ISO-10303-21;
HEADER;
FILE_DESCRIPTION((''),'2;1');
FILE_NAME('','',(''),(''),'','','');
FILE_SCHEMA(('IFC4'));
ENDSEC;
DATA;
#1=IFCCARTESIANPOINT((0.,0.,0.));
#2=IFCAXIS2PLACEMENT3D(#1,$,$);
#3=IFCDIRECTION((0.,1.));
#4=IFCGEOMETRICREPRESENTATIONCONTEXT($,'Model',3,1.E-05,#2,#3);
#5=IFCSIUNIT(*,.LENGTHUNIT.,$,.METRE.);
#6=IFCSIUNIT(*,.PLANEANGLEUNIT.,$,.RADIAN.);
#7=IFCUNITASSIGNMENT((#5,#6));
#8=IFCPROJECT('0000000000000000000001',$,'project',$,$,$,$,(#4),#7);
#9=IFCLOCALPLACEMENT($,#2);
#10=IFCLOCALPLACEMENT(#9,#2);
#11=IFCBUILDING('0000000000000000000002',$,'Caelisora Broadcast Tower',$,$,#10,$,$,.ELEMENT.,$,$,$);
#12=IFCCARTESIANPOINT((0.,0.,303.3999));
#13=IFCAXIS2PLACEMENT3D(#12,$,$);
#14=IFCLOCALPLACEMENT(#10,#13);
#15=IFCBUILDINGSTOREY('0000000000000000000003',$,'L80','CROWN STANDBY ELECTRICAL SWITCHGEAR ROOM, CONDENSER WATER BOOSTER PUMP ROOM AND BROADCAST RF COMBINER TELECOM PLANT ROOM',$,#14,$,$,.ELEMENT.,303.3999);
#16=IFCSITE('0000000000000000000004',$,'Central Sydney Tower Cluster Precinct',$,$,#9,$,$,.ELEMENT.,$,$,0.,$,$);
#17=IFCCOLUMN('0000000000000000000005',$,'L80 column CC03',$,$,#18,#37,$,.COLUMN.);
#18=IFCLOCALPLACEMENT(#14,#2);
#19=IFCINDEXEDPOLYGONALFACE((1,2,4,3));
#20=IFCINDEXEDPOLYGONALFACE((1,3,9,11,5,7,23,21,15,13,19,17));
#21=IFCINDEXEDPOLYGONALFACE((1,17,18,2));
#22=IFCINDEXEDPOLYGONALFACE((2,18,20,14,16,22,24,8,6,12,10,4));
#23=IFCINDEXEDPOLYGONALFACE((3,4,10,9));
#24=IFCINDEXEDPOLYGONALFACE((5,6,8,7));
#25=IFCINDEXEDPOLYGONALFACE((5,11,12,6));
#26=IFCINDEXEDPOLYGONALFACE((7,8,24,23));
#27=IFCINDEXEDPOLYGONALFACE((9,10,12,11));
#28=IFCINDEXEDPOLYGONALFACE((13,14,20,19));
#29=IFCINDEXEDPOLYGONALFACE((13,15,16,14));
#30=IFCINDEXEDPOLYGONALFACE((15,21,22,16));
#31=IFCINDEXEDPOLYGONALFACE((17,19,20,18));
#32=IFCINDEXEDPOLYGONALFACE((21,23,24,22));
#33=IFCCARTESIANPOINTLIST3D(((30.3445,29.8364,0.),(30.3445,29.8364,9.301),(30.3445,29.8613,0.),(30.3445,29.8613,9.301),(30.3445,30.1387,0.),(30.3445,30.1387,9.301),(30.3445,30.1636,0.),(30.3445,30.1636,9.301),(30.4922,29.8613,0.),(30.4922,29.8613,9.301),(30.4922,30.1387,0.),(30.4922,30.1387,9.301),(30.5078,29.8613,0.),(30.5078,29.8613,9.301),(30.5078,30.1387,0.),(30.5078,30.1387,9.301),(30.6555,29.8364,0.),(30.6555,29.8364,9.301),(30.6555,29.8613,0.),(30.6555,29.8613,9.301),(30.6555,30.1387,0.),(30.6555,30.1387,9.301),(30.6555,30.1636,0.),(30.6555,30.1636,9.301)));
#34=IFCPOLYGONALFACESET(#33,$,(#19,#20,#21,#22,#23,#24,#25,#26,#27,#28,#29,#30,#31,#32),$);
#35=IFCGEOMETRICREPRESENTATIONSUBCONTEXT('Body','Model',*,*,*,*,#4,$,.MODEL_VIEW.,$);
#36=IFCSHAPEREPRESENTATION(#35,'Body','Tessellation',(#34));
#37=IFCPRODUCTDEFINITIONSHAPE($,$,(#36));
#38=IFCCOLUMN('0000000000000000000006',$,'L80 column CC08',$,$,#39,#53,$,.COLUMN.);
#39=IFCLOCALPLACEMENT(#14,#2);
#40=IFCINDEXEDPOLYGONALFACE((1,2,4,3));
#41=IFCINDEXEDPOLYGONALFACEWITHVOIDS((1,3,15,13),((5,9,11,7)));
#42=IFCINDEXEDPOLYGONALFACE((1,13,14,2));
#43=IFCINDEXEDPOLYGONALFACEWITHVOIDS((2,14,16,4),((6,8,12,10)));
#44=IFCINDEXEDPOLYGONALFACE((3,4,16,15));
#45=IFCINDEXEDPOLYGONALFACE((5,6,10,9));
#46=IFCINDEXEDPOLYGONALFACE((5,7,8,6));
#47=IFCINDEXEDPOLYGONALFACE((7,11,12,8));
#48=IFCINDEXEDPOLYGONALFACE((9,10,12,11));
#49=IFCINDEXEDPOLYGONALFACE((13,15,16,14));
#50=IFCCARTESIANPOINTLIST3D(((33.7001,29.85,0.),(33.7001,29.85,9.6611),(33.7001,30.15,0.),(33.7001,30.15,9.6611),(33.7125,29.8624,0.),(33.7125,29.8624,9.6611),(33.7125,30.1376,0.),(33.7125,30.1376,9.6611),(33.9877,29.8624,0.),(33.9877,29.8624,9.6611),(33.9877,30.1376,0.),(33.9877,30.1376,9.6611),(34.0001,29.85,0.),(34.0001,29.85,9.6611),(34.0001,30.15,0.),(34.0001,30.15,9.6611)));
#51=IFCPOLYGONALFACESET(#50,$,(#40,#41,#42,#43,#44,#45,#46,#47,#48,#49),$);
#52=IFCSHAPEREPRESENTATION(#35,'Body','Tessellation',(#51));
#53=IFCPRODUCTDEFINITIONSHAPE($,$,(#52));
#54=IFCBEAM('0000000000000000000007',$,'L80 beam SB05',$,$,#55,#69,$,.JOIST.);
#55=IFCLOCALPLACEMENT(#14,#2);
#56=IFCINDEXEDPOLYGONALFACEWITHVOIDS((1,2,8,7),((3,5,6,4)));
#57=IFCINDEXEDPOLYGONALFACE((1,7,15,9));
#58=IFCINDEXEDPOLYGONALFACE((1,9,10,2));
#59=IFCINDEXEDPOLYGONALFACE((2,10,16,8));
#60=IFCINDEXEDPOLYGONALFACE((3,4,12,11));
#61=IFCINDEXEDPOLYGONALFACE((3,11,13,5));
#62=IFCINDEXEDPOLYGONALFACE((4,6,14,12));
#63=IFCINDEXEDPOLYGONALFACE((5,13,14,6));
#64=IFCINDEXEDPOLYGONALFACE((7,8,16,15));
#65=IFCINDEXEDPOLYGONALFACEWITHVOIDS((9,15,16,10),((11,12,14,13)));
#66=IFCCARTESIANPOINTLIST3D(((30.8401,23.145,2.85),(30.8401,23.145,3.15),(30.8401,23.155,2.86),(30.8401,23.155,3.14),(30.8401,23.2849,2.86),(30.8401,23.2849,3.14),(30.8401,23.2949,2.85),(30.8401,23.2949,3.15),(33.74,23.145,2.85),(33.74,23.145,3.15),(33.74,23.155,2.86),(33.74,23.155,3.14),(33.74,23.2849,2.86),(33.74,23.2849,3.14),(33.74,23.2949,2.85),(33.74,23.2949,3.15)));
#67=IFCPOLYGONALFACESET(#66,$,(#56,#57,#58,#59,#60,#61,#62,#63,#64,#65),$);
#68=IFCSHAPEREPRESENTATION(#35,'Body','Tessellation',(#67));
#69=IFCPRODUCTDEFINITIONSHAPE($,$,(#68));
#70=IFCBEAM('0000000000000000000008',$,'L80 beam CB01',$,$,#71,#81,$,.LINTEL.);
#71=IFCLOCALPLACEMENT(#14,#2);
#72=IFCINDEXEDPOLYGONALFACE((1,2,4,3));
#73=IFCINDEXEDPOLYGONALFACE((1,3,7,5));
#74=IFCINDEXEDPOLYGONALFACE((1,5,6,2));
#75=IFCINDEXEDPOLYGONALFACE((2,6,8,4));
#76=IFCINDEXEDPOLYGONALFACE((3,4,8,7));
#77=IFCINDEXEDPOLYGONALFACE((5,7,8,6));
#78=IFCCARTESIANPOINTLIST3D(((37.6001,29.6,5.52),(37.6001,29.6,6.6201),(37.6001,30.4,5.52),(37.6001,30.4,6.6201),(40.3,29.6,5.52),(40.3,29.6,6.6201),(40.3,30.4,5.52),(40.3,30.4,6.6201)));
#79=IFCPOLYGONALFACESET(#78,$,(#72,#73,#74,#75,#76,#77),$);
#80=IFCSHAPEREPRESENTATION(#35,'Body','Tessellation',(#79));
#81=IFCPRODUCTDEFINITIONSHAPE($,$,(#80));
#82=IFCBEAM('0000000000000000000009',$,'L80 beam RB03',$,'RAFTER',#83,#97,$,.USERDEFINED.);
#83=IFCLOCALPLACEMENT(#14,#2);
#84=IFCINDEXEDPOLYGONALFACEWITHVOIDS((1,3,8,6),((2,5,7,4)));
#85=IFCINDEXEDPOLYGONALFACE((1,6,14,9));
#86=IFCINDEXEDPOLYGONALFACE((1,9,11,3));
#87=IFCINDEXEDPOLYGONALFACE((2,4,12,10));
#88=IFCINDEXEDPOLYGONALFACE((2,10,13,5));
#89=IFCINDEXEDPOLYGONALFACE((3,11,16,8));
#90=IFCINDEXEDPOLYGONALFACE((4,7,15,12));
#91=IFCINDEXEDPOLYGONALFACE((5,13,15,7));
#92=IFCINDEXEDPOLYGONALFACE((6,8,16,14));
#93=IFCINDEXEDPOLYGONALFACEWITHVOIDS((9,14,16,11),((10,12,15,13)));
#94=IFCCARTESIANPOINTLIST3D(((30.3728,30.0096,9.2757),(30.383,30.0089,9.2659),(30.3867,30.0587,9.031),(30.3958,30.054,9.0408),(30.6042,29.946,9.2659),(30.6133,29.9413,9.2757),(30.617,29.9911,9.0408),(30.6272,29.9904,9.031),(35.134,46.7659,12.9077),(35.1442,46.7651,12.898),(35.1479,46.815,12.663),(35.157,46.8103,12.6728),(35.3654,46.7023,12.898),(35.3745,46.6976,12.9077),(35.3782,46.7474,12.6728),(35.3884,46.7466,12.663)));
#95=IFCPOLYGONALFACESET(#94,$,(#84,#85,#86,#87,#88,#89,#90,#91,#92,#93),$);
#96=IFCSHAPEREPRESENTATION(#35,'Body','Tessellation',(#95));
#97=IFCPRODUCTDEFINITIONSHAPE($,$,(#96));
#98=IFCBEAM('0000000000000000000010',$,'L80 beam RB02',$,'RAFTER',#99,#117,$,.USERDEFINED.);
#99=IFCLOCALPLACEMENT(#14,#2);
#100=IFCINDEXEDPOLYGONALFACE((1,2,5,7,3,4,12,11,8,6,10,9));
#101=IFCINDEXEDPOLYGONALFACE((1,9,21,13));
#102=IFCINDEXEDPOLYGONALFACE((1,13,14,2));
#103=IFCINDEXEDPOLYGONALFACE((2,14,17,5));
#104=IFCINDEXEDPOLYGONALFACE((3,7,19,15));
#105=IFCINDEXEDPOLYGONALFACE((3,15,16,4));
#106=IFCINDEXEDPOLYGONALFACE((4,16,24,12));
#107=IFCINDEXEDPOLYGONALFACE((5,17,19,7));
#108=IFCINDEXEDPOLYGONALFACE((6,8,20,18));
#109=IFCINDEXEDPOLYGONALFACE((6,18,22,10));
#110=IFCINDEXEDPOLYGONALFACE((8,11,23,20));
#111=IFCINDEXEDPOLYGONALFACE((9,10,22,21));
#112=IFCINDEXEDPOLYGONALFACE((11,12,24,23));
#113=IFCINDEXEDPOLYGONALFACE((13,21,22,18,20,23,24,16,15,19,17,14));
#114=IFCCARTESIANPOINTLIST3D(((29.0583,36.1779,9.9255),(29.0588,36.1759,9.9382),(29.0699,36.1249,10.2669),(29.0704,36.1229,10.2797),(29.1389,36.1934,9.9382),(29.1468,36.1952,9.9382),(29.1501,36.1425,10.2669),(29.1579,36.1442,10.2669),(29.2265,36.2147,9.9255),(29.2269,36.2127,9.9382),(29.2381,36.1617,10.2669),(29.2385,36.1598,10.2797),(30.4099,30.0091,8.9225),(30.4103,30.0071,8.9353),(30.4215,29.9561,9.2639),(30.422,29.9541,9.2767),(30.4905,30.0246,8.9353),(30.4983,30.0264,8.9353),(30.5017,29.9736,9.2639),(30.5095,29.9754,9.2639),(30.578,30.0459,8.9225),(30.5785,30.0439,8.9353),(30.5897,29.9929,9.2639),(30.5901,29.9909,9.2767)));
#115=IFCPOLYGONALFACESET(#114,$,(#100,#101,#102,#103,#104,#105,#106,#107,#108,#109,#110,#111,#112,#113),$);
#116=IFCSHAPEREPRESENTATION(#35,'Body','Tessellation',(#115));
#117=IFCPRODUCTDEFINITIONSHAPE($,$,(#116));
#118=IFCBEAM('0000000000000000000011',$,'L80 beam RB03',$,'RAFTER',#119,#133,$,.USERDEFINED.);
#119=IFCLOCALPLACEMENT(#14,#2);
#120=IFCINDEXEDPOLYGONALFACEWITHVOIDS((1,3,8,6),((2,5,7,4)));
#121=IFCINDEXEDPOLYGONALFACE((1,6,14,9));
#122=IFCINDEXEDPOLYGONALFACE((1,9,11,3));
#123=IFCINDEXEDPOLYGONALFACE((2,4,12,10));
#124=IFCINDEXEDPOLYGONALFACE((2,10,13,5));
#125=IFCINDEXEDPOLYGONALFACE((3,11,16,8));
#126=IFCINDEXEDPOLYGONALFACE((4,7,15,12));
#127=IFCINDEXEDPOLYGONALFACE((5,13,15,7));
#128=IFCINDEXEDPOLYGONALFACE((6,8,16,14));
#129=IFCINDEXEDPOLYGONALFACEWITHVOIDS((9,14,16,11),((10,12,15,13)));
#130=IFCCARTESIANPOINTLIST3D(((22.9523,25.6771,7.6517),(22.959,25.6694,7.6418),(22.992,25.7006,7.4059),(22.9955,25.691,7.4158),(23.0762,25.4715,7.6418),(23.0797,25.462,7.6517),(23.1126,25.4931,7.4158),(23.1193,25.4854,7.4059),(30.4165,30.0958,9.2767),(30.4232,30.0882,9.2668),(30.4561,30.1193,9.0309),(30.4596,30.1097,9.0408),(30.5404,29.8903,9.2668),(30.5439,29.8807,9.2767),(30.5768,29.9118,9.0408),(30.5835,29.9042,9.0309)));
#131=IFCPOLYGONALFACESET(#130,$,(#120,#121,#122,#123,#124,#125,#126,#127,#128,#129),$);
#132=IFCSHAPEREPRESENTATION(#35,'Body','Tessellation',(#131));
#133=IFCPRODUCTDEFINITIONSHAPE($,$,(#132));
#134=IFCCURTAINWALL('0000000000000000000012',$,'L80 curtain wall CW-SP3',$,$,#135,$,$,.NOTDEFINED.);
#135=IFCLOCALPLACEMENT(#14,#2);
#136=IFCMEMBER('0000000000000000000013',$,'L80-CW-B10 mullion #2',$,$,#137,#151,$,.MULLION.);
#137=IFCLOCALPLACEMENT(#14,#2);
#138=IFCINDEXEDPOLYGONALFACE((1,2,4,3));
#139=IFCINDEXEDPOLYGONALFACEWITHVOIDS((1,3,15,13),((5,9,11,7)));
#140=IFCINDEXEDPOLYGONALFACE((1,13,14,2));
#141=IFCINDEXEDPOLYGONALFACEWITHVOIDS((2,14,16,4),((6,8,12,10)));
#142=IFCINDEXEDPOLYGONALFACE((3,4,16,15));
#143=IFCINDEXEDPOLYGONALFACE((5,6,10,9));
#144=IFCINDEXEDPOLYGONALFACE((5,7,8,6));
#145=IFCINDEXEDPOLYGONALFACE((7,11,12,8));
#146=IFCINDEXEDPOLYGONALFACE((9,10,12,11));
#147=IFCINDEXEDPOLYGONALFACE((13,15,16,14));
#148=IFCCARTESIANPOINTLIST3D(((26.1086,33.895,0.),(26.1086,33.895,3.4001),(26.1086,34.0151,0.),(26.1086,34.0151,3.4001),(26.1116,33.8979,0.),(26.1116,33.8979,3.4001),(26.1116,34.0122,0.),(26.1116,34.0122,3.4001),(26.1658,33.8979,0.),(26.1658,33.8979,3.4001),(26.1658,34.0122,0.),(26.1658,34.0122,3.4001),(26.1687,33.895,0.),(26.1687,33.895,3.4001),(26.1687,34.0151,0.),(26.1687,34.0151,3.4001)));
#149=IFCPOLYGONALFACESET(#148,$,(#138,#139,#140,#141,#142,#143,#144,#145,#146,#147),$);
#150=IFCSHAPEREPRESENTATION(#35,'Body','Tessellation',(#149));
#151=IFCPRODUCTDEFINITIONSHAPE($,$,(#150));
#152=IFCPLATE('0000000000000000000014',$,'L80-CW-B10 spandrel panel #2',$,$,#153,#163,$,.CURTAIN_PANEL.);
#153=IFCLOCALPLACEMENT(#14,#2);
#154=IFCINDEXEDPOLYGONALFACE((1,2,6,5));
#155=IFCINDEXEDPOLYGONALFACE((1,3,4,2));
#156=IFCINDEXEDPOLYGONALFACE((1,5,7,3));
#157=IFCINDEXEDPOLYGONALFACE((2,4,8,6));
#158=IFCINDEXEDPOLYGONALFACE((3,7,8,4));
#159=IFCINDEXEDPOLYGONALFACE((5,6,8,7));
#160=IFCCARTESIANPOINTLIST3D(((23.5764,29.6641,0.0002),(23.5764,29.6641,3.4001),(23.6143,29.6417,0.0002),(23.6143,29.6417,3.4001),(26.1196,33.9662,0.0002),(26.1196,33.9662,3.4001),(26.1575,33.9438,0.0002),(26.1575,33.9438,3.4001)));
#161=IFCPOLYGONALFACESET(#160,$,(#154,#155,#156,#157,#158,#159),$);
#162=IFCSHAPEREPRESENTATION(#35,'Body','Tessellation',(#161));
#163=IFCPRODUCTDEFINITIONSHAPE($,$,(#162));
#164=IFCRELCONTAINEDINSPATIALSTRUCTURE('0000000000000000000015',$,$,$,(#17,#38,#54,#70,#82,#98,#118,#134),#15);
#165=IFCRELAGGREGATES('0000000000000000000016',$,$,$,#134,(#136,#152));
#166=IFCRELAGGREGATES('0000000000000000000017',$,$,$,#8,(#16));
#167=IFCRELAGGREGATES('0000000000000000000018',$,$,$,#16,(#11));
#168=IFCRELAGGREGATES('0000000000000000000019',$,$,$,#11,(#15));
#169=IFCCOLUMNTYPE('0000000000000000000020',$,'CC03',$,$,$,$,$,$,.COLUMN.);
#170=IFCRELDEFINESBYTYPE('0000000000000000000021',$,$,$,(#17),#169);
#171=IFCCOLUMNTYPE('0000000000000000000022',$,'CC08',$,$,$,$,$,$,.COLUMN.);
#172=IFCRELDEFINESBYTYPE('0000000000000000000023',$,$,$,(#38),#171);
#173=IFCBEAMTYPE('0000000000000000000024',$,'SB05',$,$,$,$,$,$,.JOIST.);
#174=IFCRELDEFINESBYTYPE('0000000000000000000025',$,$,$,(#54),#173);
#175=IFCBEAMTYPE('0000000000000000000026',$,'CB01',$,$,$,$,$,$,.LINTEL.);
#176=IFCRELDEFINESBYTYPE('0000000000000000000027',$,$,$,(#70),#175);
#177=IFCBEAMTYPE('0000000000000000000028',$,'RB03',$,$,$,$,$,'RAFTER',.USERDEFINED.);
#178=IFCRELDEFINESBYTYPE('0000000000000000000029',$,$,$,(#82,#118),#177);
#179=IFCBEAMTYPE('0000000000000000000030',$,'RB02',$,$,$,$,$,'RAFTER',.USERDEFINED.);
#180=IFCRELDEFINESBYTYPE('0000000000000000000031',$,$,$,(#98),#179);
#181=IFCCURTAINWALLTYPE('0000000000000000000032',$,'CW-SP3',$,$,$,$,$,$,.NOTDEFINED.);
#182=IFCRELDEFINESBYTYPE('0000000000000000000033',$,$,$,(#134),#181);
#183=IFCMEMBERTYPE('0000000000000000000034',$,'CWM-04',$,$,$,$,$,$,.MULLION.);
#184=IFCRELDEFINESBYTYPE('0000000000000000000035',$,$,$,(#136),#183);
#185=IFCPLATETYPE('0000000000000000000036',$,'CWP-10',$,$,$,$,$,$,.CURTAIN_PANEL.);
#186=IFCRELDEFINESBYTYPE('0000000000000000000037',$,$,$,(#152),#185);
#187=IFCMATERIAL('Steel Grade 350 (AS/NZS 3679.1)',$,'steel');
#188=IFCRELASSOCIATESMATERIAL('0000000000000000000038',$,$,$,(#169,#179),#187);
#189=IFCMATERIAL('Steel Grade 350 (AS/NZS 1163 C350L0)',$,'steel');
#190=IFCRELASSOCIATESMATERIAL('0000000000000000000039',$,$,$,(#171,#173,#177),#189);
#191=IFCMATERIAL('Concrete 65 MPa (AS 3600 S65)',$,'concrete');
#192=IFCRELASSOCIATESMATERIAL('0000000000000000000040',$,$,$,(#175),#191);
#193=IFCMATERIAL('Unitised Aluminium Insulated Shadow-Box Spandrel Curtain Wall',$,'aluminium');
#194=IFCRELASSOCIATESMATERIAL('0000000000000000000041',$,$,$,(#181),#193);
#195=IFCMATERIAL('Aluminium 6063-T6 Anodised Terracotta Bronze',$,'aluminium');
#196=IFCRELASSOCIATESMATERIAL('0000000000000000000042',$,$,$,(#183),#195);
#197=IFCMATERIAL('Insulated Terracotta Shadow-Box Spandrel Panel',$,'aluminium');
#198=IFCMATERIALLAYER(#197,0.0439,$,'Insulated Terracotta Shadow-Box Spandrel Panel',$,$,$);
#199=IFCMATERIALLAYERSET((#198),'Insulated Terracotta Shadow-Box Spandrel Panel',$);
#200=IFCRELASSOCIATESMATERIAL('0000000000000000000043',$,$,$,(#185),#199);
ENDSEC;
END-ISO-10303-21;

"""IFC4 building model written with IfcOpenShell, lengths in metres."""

from ifc_helpers import new_model, si_unit, direction, frame, origin, origin_2d, place, context, subcontext, project, spatial, rectangle, hollow_rectangle, i_section, extrude, source, transform, mapped, material, layer, layer_set, material_profile, profile_set, type_object, type_shapes, element, aggregate, save


model = new_model("IFC4")

# Units and contexts
model_context = context("Model", 3, precision=1e-05, world=origin(), true_north=direction((0.0, 1.0)))
body_context = subcontext(model_context, "Body", "Model", "MODEL_VIEW")
ifc_project = project(units=[si_unit("LENGTHUNIT", "METRE"), si_unit("PLANEANGLEUNIT", "RADIAN")], contexts=[model_context])

# Site, building, storey
site_placement = place(None, origin())
site = spatial("IfcSite", under=ifc_project, at=site_placement, Name="Central Sydney Tower Cluster Precinct", CompositionType="ELEMENT", RefElevation=0.0)
building_placement = place(site_placement, origin())
building = spatial("IfcBuilding", under=site, at=building_placement, Name="Caelisora Broadcast Tower", CompositionType="ELEMENT")
storey_placement = place(building_placement, frame((0.0, 0.0, 303.3999)))
storey = spatial("IfcBuildingStorey", under=building, at=storey_placement, Name="L80", Description="CROWN STANDBY ELECTRICAL SWITCHGEAR ROOM, CONDENSER WATER BOOSTER PUMP ROOM AND BROADCAST RF COMBINER TELECOM PLANT ROOM", CompositionType="ELEMENT", Elevation=303.3999)

# Columns
ifc_material_1 = material(Name="Steel Grade 350 (AS/NZS 3679.1)", Category="steel")
ifc_material_profile_1 = material_profile(ifc_material_1, i_section(OverallWidth=0.311, OverallDepth=0.3271, WebThickness=0.0156, FlangeThickness=0.0249, at=origin_2d()), Name="Steel Grade 350 (AS/NZS 3679.1)")
ifc_profile_set_1 = profile_set([ifc_material_profile_1], Name="Steel Grade 350 (AS/NZS 3679.1)")
column_type_1 = type_object("IfcColumnType", Name="CC03", PredefinedType="COLUMN", material=ifc_profile_set_1)
shared_shape_1 = source(origin(), body_context, "Body", "SweptSolid", [
    extrude(i_section(OverallWidth=0.311, OverallDepth=0.3271, WebThickness=0.0156, FlangeThickness=0.0249, at=origin_2d()), origin(), (0.0, 0.0, 1.0), 9.301),
])
type_shapes(column_type_1, [shared_shape_1])
column_1_placement = place(storey_placement, frame((30.5, 30.0, 0.0), z_axis=(0.0, 0.0, 1.0), x_axis=(1.0, 0.0, 0.0)))
element("IfcColumn", 1, at=column_1_placement, inside=storey, type_object=column_type_1, Name="L80 column CC03", PredefinedType="COLUMN", context=body_context, shape_type="MappedRepresentation", body=[
    mapped(shared_shape_1, transform((0.0, 0.0, 0.0), scale=1.0)),
])
ifc_material_2 = material(Name="Steel Grade 350 (AS/NZS 1163 C350L0)", Category="steel")
ifc_material_profile_2 = material_profile(ifc_material_2, hollow_rectangle(XDim=0.3, YDim=0.3, WallThickness=0.0125, at=origin_2d()), Name="Steel Grade 350 (AS/NZS 1163 C350L0)")
ifc_profile_set_2 = profile_set([ifc_material_profile_2], Name="Steel Grade 350 (AS/NZS 1163 C350L0)")
column_type_2 = type_object("IfcColumnType", Name="CC08", PredefinedType="COLUMN", material=ifc_profile_set_2)
shared_shape_2 = source(origin(), body_context, "Body", "SweptSolid", [
    extrude(hollow_rectangle(XDim=0.3, YDim=0.3, WallThickness=0.0125, at=origin_2d()), origin(), (0.0, 0.0, 1.0), 9.6611),
])
type_shapes(column_type_2, [shared_shape_2])
column_2_placement = place(storey_placement, frame((33.8501, 30.0, 0.0), z_axis=(0.0, 0.0, 1.0), x_axis=(1.0, 0.0, 0.0)))
element("IfcColumn", 2, at=column_2_placement, inside=storey, type_object=column_type_2, Name="L80 column CC08", PredefinedType="COLUMN", context=body_context, shape_type="MappedRepresentation", body=[
    mapped(shared_shape_2, transform((0.0, 0.0, 0.0), scale=1.0)),
])

# Beams
ifc_material_profile_3 = material_profile(ifc_material_2, hollow_rectangle(XDim=0.1499, YDim=0.3, WallThickness=0.01, at=origin_2d()), Name="Steel Grade 350 (AS/NZS 1163 C350L0)")
ifc_profile_set_3 = profile_set([ifc_material_profile_3], Name="Steel Grade 350 (AS/NZS 1163 C350L0)")
beam_type_1 = type_object("IfcBeamType", Name="SB05", PredefinedType="JOIST", material=ifc_profile_set_3)
shared_shape_3 = source(origin(), body_context, "Body", "SweptSolid", [
    extrude(hollow_rectangle(XDim=0.1499, YDim=0.3, WallThickness=0.01, at=origin_2d()), origin(), (0.0, 0.0, 1.0), 2.8999),
])
type_shapes(beam_type_1, [shared_shape_3])
beam_1_placement = place(storey_placement, frame((30.8401, 23.22, 3.0), z_axis=(1.0, 0.0, 0.0), x_axis=(0.0, 1.0, 0.0)))
element("IfcBeam", 3, at=beam_1_placement, inside=storey, type_object=beam_type_1, Name="L80 beam SB05", PredefinedType="JOIST", context=body_context, shape_type="MappedRepresentation", body=[
    mapped(shared_shape_3, transform((0.0, 0.0, 0.0), scale=1.0)),
])
ifc_material_3 = material(Name="Concrete 65 MPa (AS 3600 S65)", Category="concrete")
ifc_material_profile_4 = material_profile(ifc_material_3, rectangle(XDim=0.8, YDim=1.1001, at=origin_2d()), Name="Concrete 65 MPa (AS 3600 S65)")
ifc_profile_set_4 = profile_set([ifc_material_profile_4], Name="Concrete 65 MPa (AS 3600 S65)")
beam_type_2 = type_object("IfcBeamType", Name="CB01", PredefinedType="LINTEL", material=ifc_profile_set_4)
shared_shape_4 = source(origin(), body_context, "Body", "SweptSolid", [
    extrude(rectangle(XDim=0.8, YDim=1.1001, at=origin_2d()), origin(), (0.0, 0.0, 1.0), 2.7),
])
type_shapes(beam_type_2, [shared_shape_4])
beam_2_placement = place(storey_placement, frame((37.6001, 30.0, 6.0701), z_axis=(1.0, 0.0, 0.0), x_axis=(0.0, 1.0, 0.0)))
element("IfcBeam", 4, at=beam_2_placement, inside=storey, type_object=beam_type_2, Name="L80 beam CB01", PredefinedType="LINTEL", context=body_context, shape_type="MappedRepresentation", body=[
    mapped(shared_shape_4, transform((0.0, 0.0, 0.0), scale=1.0)),
])
ifc_material_profile_5 = material_profile(ifc_material_2, hollow_rectangle(XDim=0.25, YDim=0.25, WallThickness=0.01, at=origin_2d()), Name="Steel Grade 350 (AS/NZS 1163 C350L0)")
ifc_profile_set_5 = profile_set([ifc_material_profile_5], Name="Steel Grade 350 (AS/NZS 1163 C350L0)")
beam_type_3 = type_object("IfcBeamType", Name="RB03", ElementType="RAFTER", PredefinedType="USERDEFINED", material=ifc_profile_set_5)
shared_shape_5 = source(origin(), body_context, "Body", "SweptSolid", [
    extrude(hollow_rectangle(XDim=0.25, YDim=0.25, WallThickness=0.01, at=origin_2d()), origin(), (0.0, 0.0, 1.0), 17.7942),
])
beam_3_placement = place(storey_placement, frame((30.5, 30.0, 9.1533), z_axis=(0.267571, 0.94167, 0.204115), x_axis=(-0.961922, 0.273325, 0.0)))
element("IfcBeam", 5, at=beam_3_placement, inside=storey, type_object=beam_type_3, Name="L80 beam RB03", ObjectType="RAFTER", PredefinedType="USERDEFINED", context=body_context, shape_type="MappedRepresentation", body=[
    mapped(shared_shape_5, transform((0.0, 0.0, 0.0), scale=1.0)),
])
ifc_material_profile_6 = material_profile(ifc_material_1, i_section(OverallWidth=0.1721, OverallDepth=0.3586, WebThickness=0.0081, FlangeThickness=0.0129, at=origin_2d()), Name="Steel Grade 350 (AS/NZS 3679.1)")
ifc_profile_set_6 = profile_set([ifc_material_profile_6], Name="Steel Grade 350 (AS/NZS 3679.1)")
beam_type_4 = type_object("IfcBeamType", Name="RB02", ElementType="RAFTER", PredefinedType="USERDEFINED", material=ifc_profile_set_6)
shared_shape_6 = source(origin(), body_context, "Body", "SweptSolid", [
    extrude(i_section(OverallWidth=0.1721, OverallDepth=0.3586, WebThickness=0.0081, FlangeThickness=0.0129, at=origin_2d()), origin(), (0.0, 0.0, 1.0), 6.3943),
])
type_shapes(beam_type_4, [shared_shape_6])
beam_4_placement = place(storey_placement, frame((30.5, 30.0, 9.0996), z_axis=(-0.211374, 0.964738, 0.156851), x_axis=(-0.976829, -0.214023, 0.0)))
element("IfcBeam", 6, at=beam_4_placement, inside=storey, type_object=beam_type_4, Name="L80 beam RB02", ObjectType="RAFTER", PredefinedType="USERDEFINED", context=body_context, shape_type="MappedRepresentation", body=[
    mapped(shared_shape_6, transform((0.0, 0.0, 0.0), scale=1.0)),
])
shared_shape_7 = source(origin(), body_context, "Body", "SweptSolid", [
    extrude(hollow_rectangle(XDim=0.25, YDim=0.25, WallThickness=0.01, at=origin_2d()), origin(), (0.0, 0.0, 1.0), 8.825),
])
type_shapes(beam_type_3, [shared_shape_5, shared_shape_7])
beam_5_placement = place(storey_placement, frame((30.5, 30.0, 9.1538), z_axis=(-0.845803, -0.50071, -0.184138), x_axis=(0.50942, -0.860518, 0.0)))
element("IfcBeam", 7, at=beam_5_placement, inside=storey, type_object=beam_type_3, Name="L80 beam RB03", ObjectType="RAFTER", PredefinedType="USERDEFINED", context=body_context, shape_type="MappedRepresentation", body=[
    mapped(shared_shape_7, transform((0.0, 0.0, 0.0), scale=1.0)),
])

# Curtain wall, member, plate
ifc_material_4 = material(Name="Unitised Aluminium Insulated Shadow-Box Spandrel Curtain Wall", Category="aluminium")
curtain_wall_type = type_object("IfcCurtainWallType", Name="CW-SP3", PredefinedType="NOTDEFINED", material=ifc_material_4)
curtain_wall_placement = place(storey_placement, origin())
curtain_wall = element("IfcCurtainWall", 8, at=curtain_wall_placement, inside=storey, type_object=curtain_wall_type, Name="L80 curtain wall CW-SP3", PredefinedType="NOTDEFINED")
ifc_material_5 = material(Name="Aluminium 6063-T6 Anodised Terracotta Bronze", Category="aluminium")
ifc_material_profile_7 = material_profile(ifc_material_5, hollow_rectangle(XDim=0.0601, YDim=0.1201, WallThickness=0.0029, at=origin_2d()), Name="Aluminium 6063-T6 Anodised Terracotta Bronze")
ifc_profile_set_7 = profile_set([ifc_material_profile_7], Name="Aluminium 6063-T6 Anodised Terracotta Bronze")
member_type = type_object("IfcMemberType", Name="CWM-04", PredefinedType="MULLION", material=ifc_profile_set_7)
shared_shape_8 = source(origin(), body_context, "Body", "SweptSolid", [
    extrude(hollow_rectangle(XDim=0.0601, YDim=0.1201, WallThickness=0.0029, at=origin_2d()), origin(), (0.0, 0.0, 1.0), 3.4001),
])
type_shapes(member_type, [shared_shape_8])
member_placement = place(storey_placement, frame((26.1387, 33.9551, 0.0), z_axis=(0.0, 0.0, 1.0), x_axis=(1.0, 0.0, 0.0)))
member = element("IfcMember", 9, at=member_placement, type_object=member_type, Name="L80-CW-B10 mullion #2", PredefinedType="MULLION", context=body_context, shape_type="MappedRepresentation", body=[
    mapped(shared_shape_8, transform((0.0, 0.0, 0.0), scale=1.0)),
])
ifc_material_6 = material(Name="Insulated Terracotta Shadow-Box Spandrel Panel", Category="aluminium")
ifc_layer_1 = layer(ifc_material_6, 0.0439, Name="Insulated Terracotta Shadow-Box Spandrel Panel")
ifc_layer_set_1 = layer_set([ifc_layer_1], Name="Insulated Terracotta Shadow-Box Spandrel Panel")
plate_type = type_object("IfcPlateType", Name="CWP-10", PredefinedType="CURTAIN_PANEL", material=ifc_layer_set_1)
shared_shape_9 = source(origin(), body_context, "Body", "SweptSolid", [
    extrude(rectangle(XDim=4.9976, YDim=0.0439, at=origin_2d()), origin(), (0.0, 0.0, 1.0), 3.3999),
])
type_shapes(plate_type, [shared_shape_9])
plate_placement = place(storey_placement, frame((24.8669, 31.804, 0.0002), z_axis=(0.0, 0.0, 1.0), x_axis=(0.508891, 0.860831, 0.0)))
plate = element("IfcPlate", 10, at=plate_placement, type_object=plate_type, Name="L80-CW-B10 spandrel panel #2", PredefinedType="CURTAIN_PANEL", context=body_context, shape_type="MappedRepresentation", body=[
    mapped(shared_shape_9, transform((0.0, 0.0, 0.0), scale=1.0)),
])
aggregate(curtain_wall, [member, plate])

save(model, "model.ifc")
